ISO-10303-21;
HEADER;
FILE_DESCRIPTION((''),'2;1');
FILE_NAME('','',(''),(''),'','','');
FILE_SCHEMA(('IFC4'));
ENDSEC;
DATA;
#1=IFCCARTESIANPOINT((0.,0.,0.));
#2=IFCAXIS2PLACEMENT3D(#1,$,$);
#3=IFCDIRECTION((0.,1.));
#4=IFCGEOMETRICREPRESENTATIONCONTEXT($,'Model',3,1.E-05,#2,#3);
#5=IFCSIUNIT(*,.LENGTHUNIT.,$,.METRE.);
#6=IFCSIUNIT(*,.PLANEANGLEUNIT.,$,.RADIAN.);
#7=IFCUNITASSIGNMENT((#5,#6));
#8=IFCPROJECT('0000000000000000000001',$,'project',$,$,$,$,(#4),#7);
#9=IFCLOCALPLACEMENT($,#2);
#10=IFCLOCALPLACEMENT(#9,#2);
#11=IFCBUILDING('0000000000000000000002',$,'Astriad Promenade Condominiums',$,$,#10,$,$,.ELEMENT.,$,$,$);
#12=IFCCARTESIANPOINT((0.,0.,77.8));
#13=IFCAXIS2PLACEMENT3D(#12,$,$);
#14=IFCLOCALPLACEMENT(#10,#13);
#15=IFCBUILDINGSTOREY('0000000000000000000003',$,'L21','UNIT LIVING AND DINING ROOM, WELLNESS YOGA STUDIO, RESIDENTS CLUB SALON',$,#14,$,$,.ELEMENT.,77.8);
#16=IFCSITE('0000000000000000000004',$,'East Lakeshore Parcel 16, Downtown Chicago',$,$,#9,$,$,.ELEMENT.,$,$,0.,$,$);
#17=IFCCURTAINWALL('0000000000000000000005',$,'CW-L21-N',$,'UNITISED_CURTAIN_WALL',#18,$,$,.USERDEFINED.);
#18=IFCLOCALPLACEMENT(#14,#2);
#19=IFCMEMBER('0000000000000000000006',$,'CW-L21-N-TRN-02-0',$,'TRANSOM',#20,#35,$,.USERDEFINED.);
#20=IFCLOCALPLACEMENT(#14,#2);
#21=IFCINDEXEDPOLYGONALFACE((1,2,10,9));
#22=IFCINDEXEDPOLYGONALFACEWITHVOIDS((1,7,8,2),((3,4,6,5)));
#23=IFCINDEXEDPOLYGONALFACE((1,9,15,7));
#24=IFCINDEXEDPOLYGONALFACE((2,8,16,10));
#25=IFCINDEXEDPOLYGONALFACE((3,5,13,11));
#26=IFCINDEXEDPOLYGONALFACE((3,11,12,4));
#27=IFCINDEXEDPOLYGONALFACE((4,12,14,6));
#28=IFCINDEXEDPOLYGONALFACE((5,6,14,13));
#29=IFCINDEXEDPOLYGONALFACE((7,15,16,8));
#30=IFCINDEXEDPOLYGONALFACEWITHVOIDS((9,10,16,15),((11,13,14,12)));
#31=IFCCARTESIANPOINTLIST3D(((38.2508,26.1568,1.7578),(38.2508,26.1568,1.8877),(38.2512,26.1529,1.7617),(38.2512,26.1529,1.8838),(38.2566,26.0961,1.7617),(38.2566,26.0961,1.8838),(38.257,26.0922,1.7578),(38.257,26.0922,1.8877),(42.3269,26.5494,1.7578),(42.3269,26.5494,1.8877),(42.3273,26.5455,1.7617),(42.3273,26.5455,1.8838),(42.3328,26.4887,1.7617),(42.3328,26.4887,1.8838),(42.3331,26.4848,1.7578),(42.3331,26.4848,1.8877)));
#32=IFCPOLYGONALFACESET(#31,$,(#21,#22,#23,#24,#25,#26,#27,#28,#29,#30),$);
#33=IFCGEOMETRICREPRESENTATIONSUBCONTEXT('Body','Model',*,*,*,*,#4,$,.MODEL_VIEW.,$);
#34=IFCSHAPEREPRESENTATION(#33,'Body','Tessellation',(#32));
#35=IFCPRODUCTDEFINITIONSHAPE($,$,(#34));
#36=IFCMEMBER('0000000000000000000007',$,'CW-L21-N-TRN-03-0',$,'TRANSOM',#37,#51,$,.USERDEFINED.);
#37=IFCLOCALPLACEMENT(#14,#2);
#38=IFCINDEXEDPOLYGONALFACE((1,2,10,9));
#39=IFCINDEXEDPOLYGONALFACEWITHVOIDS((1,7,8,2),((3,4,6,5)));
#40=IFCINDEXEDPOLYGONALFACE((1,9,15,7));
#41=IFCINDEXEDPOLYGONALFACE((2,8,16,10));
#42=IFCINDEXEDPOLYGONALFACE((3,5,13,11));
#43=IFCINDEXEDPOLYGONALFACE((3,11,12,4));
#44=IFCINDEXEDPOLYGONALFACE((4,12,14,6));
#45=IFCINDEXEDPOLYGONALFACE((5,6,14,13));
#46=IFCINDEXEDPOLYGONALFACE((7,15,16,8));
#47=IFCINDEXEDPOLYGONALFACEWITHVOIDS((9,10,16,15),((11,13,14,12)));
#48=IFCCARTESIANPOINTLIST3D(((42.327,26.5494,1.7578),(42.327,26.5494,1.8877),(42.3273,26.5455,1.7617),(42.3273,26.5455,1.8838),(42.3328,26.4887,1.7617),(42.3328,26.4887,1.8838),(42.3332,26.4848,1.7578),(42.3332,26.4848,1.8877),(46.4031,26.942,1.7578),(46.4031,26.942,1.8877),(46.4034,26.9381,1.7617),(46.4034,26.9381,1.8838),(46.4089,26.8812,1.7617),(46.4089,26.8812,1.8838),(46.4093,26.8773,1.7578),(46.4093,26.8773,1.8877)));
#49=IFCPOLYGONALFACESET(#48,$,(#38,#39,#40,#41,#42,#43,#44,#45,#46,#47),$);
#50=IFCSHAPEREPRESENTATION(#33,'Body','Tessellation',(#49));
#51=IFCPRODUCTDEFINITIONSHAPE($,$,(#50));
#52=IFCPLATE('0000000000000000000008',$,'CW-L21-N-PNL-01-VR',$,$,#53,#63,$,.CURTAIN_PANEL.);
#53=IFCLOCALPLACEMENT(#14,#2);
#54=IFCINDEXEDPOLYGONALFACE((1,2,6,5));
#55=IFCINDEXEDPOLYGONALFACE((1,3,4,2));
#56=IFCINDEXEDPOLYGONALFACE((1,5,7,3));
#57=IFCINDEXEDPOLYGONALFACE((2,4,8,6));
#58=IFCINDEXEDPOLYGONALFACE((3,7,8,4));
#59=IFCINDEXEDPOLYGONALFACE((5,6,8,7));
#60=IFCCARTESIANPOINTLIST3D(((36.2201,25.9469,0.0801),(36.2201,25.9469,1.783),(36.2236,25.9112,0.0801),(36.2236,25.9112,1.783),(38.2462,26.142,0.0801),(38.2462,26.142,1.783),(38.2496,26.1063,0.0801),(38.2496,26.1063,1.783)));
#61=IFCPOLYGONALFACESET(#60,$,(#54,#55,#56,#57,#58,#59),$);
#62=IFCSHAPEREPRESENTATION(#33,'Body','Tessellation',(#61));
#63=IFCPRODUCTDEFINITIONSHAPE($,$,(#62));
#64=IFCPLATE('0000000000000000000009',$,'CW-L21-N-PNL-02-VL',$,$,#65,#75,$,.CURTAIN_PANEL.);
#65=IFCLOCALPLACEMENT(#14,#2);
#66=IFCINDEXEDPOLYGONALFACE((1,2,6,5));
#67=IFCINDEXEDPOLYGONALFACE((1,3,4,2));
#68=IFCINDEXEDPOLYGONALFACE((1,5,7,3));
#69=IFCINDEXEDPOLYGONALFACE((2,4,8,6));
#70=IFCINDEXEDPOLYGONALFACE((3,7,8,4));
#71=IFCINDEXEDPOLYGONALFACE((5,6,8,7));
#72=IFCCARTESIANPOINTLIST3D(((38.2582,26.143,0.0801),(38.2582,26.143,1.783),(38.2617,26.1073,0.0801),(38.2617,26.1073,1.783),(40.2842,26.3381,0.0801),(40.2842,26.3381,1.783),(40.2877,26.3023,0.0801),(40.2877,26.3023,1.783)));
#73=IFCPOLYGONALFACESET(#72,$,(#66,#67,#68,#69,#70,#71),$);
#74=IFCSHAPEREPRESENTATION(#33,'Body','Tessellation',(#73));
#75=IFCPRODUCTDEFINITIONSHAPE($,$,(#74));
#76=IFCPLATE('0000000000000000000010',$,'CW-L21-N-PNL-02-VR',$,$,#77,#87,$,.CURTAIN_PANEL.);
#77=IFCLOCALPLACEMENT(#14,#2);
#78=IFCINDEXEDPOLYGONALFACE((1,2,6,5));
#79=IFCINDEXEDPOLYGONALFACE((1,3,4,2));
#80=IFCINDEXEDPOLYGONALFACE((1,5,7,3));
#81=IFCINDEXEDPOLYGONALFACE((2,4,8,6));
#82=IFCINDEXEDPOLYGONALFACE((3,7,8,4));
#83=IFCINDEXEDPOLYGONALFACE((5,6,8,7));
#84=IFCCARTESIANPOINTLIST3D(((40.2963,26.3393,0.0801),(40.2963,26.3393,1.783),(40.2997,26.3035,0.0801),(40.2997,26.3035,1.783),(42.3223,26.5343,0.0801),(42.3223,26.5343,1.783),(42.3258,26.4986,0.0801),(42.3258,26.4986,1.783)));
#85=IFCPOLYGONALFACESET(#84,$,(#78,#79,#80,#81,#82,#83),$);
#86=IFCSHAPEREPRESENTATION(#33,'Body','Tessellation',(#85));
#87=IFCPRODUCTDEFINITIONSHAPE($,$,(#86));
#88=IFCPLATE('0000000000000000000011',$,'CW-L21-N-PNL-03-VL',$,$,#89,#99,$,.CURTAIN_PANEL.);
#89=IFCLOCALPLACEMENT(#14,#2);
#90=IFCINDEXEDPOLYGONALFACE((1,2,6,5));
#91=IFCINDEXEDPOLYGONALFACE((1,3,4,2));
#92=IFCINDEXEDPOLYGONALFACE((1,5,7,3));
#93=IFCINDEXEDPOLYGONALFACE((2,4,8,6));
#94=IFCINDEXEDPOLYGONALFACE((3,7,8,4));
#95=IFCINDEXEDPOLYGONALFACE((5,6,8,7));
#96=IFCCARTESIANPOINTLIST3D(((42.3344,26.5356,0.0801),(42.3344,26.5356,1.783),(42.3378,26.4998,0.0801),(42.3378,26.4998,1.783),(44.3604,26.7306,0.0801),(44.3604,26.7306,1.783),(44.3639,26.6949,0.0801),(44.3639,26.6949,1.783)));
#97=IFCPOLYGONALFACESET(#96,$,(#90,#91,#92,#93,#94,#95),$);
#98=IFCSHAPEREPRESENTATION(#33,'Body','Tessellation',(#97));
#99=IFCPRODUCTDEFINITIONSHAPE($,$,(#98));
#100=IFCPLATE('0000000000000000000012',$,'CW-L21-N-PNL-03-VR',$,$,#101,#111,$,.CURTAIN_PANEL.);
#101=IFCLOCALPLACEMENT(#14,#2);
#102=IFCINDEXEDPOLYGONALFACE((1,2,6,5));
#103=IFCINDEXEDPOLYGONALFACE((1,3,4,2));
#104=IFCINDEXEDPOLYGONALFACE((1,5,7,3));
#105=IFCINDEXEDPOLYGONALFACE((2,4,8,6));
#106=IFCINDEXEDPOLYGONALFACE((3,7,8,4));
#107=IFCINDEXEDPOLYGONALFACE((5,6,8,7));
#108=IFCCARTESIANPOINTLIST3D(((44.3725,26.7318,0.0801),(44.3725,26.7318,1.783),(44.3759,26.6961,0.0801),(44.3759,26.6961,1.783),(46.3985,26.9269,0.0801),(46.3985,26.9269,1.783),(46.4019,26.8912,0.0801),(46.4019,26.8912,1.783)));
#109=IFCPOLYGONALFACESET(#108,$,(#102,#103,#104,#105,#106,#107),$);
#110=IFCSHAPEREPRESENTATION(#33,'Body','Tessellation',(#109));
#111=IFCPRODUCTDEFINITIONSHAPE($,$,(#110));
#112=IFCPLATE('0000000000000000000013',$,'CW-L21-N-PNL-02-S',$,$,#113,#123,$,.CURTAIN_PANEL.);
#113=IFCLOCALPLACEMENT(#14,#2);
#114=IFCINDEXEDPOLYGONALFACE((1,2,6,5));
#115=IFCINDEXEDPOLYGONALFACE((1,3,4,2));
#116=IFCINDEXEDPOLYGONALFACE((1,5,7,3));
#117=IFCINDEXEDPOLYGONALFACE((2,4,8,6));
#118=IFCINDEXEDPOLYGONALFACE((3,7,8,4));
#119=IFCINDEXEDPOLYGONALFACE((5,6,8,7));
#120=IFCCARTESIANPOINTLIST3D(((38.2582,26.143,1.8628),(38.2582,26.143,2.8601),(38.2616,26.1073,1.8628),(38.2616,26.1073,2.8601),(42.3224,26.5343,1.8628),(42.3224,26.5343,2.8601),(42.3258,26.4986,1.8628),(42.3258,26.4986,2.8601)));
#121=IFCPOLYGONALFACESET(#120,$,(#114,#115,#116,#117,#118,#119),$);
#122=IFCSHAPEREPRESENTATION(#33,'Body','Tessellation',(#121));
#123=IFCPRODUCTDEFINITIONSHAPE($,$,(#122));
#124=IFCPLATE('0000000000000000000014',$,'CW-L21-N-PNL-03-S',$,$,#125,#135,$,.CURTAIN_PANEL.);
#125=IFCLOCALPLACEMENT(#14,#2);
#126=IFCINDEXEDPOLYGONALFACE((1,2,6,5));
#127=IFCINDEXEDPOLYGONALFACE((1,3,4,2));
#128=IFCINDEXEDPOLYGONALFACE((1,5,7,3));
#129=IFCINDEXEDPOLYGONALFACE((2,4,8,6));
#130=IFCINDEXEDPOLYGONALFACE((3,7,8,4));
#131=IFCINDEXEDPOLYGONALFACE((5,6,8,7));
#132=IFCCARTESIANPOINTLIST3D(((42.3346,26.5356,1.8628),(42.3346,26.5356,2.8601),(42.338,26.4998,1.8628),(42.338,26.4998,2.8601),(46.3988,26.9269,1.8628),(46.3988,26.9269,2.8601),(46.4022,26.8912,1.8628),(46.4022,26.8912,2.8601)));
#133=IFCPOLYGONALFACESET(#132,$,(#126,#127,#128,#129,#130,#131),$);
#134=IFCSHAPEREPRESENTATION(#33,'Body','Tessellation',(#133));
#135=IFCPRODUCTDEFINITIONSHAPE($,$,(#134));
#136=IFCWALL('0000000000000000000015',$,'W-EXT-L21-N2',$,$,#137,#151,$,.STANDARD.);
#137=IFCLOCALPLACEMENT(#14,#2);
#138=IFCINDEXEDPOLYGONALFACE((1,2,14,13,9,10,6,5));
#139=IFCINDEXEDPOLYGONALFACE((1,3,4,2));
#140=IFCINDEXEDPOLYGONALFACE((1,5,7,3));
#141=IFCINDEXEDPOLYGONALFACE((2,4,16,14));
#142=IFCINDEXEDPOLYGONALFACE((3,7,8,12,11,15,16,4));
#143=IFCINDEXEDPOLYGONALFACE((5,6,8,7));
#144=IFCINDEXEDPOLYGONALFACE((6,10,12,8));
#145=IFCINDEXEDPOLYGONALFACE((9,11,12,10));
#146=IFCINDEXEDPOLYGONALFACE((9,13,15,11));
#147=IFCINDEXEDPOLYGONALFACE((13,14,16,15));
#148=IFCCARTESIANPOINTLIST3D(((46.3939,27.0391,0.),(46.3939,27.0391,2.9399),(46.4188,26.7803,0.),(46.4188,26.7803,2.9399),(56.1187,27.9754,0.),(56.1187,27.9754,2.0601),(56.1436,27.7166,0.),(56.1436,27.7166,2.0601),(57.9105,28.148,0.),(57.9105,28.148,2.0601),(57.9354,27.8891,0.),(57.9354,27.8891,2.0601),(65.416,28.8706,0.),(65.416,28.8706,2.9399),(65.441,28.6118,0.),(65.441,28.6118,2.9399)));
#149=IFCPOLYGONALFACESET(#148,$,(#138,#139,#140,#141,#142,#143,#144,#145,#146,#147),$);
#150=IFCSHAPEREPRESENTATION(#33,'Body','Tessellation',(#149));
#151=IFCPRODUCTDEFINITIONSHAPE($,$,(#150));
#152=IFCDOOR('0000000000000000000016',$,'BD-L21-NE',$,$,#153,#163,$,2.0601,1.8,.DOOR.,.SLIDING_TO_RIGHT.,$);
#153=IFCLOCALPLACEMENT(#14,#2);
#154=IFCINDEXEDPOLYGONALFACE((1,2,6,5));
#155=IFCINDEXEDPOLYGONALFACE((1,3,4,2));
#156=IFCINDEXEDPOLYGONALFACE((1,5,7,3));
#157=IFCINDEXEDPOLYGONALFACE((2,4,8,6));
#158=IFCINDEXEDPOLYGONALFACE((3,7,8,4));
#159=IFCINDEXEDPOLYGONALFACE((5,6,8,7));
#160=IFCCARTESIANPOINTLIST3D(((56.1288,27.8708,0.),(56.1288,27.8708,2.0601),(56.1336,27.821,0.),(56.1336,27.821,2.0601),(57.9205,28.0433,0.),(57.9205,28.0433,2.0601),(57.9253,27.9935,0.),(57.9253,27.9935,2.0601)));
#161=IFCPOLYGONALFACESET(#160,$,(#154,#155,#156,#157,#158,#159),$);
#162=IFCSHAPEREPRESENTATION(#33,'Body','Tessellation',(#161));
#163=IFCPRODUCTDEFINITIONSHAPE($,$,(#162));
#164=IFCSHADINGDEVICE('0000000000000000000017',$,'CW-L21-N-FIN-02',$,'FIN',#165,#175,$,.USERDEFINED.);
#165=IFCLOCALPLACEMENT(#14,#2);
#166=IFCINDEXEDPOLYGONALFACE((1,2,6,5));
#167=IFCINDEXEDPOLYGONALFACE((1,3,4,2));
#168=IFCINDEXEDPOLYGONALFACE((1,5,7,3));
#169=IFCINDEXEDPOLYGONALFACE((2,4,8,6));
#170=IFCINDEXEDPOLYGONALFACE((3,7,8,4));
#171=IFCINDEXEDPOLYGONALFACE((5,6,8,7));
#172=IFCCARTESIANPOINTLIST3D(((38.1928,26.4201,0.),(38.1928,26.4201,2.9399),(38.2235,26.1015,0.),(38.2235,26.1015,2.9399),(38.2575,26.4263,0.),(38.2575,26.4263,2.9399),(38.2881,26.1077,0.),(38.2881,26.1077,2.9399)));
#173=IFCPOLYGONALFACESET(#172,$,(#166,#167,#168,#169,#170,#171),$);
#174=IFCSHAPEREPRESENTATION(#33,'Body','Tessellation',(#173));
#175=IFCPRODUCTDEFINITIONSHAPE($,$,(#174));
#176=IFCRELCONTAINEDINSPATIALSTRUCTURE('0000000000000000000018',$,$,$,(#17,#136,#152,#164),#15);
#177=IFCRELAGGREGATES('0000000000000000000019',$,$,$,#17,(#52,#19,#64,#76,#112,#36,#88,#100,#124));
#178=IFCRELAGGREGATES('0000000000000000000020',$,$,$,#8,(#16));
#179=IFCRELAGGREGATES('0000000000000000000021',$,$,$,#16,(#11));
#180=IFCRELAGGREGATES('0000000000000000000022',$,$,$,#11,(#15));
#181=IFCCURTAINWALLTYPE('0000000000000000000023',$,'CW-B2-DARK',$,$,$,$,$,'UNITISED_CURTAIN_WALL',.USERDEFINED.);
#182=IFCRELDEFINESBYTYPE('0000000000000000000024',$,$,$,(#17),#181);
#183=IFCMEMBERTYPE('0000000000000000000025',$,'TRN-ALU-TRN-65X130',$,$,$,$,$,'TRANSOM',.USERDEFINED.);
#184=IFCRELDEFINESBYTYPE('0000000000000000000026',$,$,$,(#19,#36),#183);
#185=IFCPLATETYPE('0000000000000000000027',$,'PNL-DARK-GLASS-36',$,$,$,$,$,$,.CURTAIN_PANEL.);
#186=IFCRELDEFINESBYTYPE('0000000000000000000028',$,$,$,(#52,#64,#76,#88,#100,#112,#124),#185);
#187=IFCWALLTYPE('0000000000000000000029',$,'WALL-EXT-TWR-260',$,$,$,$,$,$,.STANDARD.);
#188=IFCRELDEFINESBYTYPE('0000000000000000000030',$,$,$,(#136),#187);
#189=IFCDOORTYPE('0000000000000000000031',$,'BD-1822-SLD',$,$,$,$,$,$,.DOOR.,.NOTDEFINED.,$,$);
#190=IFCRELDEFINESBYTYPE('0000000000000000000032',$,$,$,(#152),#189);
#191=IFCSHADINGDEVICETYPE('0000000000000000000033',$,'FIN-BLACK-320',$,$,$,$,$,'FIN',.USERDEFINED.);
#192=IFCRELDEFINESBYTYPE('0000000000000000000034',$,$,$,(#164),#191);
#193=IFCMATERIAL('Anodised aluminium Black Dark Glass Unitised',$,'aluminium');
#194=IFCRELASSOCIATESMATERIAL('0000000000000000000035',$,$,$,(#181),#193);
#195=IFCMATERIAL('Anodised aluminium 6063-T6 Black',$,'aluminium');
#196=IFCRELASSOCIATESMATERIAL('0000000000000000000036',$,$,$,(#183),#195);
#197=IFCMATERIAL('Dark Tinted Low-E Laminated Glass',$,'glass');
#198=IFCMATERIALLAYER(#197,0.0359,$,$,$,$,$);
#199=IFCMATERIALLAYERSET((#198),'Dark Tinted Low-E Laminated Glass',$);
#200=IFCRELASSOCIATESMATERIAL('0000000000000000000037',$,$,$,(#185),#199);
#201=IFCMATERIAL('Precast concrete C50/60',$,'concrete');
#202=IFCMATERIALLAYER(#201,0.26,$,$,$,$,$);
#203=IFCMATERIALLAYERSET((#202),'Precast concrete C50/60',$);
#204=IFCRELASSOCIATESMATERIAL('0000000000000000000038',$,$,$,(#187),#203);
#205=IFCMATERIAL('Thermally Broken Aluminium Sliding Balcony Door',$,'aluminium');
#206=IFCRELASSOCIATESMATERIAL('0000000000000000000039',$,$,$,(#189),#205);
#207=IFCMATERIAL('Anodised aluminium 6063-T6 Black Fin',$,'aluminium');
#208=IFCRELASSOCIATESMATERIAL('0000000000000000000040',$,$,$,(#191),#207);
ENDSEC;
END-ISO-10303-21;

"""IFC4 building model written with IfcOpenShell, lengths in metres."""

from ifc_helpers import new_model, si_unit, direction, frame, frame_2d, origin, origin_2d, place, context, subcontext, project, spatial, rectangle, hollow_rectangle, extrude, source, transform, mapped, material, layer, layer_set, material_profile, profile_set, type_object, type_shapes, element, fill, aggregate, save


model = new_model("IFC4")

# Units and contexts
model_context = context("Model", 3, precision=1e-05, world=origin(), true_north=direction((0.0, 1.0)))
body_context = subcontext(model_context, "Body", "Model", "MODEL_VIEW")
ifc_project = project(units=[si_unit("LENGTHUNIT", "METRE"), si_unit("PLANEANGLEUNIT", "RADIAN")], contexts=[model_context])

# Site, building, storey
site_placement = place(None, origin())
site = spatial("IfcSite", under=ifc_project, at=site_placement, Name="East Lakeshore Parcel 16, Downtown Chicago", CompositionType="ELEMENT", RefElevation=0.0)
building_placement = place(site_placement, origin())
building = spatial("IfcBuilding", under=site, at=building_placement, Name="Astriad Promenade Condominiums", CompositionType="ELEMENT")
storey_placement = place(building_placement, frame((0.0, 0.0, 77.8)))
storey = spatial("IfcBuildingStorey", under=building, at=storey_placement, Name="L21", Description="UNIT LIVING AND DINING ROOM, WELLNESS YOGA STUDIO, RESIDENTS CLUB SALON", CompositionType="ELEMENT", Elevation=77.8)

# Curtain wall, members, plates
ifc_material_1 = material(Name="Anodised aluminium Black Dark Glass Unitised", Category="aluminium")
curtain_wall_type = type_object("IfcCurtainWallType", Name="CW-B2-DARK", ElementType="UNITISED_CURTAIN_WALL", PredefinedType="USERDEFINED", material=ifc_material_1)
curtain_wall_placement = place(storey_placement, origin())
curtain_wall = element("IfcCurtainWall", 1, at=curtain_wall_placement, inside=storey, type_object=curtain_wall_type, Name="CW-L21-N", ObjectType="UNITISED_CURTAIN_WALL", PredefinedType="USERDEFINED")
ifc_material_2 = material(Name="Anodised aluminium 6063-T6 Black", Category="aluminium")
ifc_material_profile_1 = material_profile(ifc_material_2, hollow_rectangle(XDim=0.0649, YDim=0.1299, WallThickness=0.0039, at=origin_2d()), Name="ALU-TRN-65X130")
ifc_profile_set_1 = profile_set([ifc_material_profile_1], Name="Anodised aluminium 6063-T6 Black")
member_type_1 = type_object("IfcMemberType", Name="TRN-ALU-TRN-65X130", ElementType="TRANSOM", PredefinedType="USERDEFINED", material=ifc_profile_set_1)
shared_shape_1 = source(origin(), body_context, "Body", "SweptSolid", [
    extrude(hollow_rectangle(XDim=0.0649, YDim=0.1299, WallThickness=0.0039, at=origin_2d()), origin(), (0.0, 0.0, 1.0), 4.095),
])
type_shapes(member_type_1, [shared_shape_1])
member_1_placement = place(storey_placement, frame((38.2539, 26.1245, 1.8228), z_axis=(0.995394, 0.095867, 0.0), x_axis=(-0.095867, 0.995394, 0.0)))
member_1 = element("IfcMember", 2, at=member_1_placement, type_object=member_type_1, Name="CW-L21-N-TRN-02-0", ObjectType="TRANSOM", PredefinedType="USERDEFINED", context=body_context, shape_type="MappedRepresentation", body=[
    mapped(shared_shape_1, transform((0.0, 0.0, 0.0), scale=1.0)),
])
member_2_placement = place(storey_placement, frame((42.3301, 26.5171, 1.8228), z_axis=(0.995394, 0.095867, 0.0), x_axis=(-0.095867, 0.995394, 0.0)))
member_2 = element("IfcMember", 3, at=member_2_placement, type_object=member_type_1, Name="CW-L21-N-TRN-03-0", ObjectType="TRANSOM", PredefinedType="USERDEFINED", context=body_context, shape_type="MappedRepresentation", body=[
    mapped(shared_shape_1, transform((0.0, 0.0, 0.0), scale=1.0)),
])
ifc_material_3 = material(Name="Dark Tinted Low-E Laminated Glass", Category="glass")
ifc_layer_1 = layer(ifc_material_3, 0.0359)
ifc_layer_set_1 = layer_set([ifc_layer_1], Name="Dark Tinted Low-E Laminated Glass")
plate_type = type_object("IfcPlateType", Name="PNL-DARK-GLASS-36", PredefinedType="CURTAIN_PANEL", material=ifc_layer_set_1)
shared_shape_2 = source(origin(), body_context, "Body", "SweptSolid", [
    extrude(rectangle(XDim=2.0354, YDim=0.0359, at=origin_2d()), origin(), (0.0, 0.0, 1.0), 1.7029),
])
plate_1_placement = place(storey_placement, frame((37.2349, 26.0266, 0.0801), z_axis=(0.0, 0.0, 1.0), x_axis=(0.995396, 0.095846, 0.0)))
plate_1 = element("IfcPlate", 4, at=plate_1_placement, type_object=plate_type, Name="CW-L21-N-PNL-01-VR", PredefinedType="CURTAIN_PANEL", context=body_context, shape_type="MappedRepresentation", body=[
    mapped(shared_shape_2, transform((0.0, 0.0, 0.0), scale=1.0)),
])
plate_2_placement = place(storey_placement, frame((39.2729, 26.2227, 0.0801), z_axis=(0.0, 0.0, 1.0), x_axis=(0.995396, 0.095846, 0.0)))
plate_2 = element("IfcPlate", 5, at=plate_2_placement, type_object=plate_type, Name="CW-L21-N-PNL-02-VL", PredefinedType="CURTAIN_PANEL", context=body_context, shape_type="MappedRepresentation", body=[
    mapped(shared_shape_2, transform((0.0, 0.0, 0.0), scale=1.0)),
])
plate_3_placement = place(storey_placement, frame((41.311, 26.4189, 0.0801), z_axis=(0.0, 0.0, 1.0), x_axis=(0.995396, 0.095846, 0.0)))
plate_3 = element("IfcPlate", 6, at=plate_3_placement, type_object=plate_type, Name="CW-L21-N-PNL-02-VR", PredefinedType="CURTAIN_PANEL", context=body_context, shape_type="MappedRepresentation", body=[
    mapped(shared_shape_2, transform((0.0, 0.0, 0.0), scale=1.0)),
])
plate_4_placement = place(storey_placement, frame((43.3491, 26.6152, 0.0801), z_axis=(0.0, 0.0, 1.0), x_axis=(0.995396, 0.095846, 0.0)))
plate_4 = element("IfcPlate", 7, at=plate_4_placement, type_object=plate_type, Name="CW-L21-N-PNL-03-VL", PredefinedType="CURTAIN_PANEL", context=body_context, shape_type="MappedRepresentation", body=[
    mapped(shared_shape_2, transform((0.0, 0.0, 0.0), scale=1.0)),
])
plate_5_placement = place(storey_placement, frame((45.3872, 26.8115, 0.0801), z_axis=(0.0, 0.0, 1.0), x_axis=(0.995396, 0.095846, 0.0)))
plate_5 = element("IfcPlate", 8, at=plate_5_placement, type_object=plate_type, Name="CW-L21-N-PNL-03-VR", PredefinedType="CURTAIN_PANEL", context=body_context, shape_type="MappedRepresentation", body=[
    mapped(shared_shape_2, transform((0.0, 0.0, 0.0), scale=1.0)),
])
shared_shape_3 = source(origin(), body_context, "Body", "SweptSolid", [
    extrude(rectangle(XDim=4.083, YDim=0.0359, at=origin_2d()), origin(), (0.0, 0.0, 1.0), 0.9973),
])
type_shapes(plate_type, [shared_shape_2, shared_shape_3])
plate_6_placement = place(storey_placement, frame((40.292, 26.3208, 1.8628), z_axis=(0.0, 0.0, 1.0), x_axis=(0.995396, 0.095846, 0.0)))
plate_6 = element("IfcPlate", 9, at=plate_6_placement, type_object=plate_type, Name="CW-L21-N-PNL-02-S", PredefinedType="CURTAIN_PANEL", context=body_context, shape_type="MappedRepresentation", body=[
    mapped(shared_shape_3, transform((0.0, 0.0, 0.0), scale=1.0)),
])
plate_7_placement = place(storey_placement, frame((44.3684, 26.7134, 1.8628), z_axis=(0.0, 0.0, 1.0), x_axis=(0.995396, 0.095846, 0.0)))
plate_7 = element("IfcPlate", 10, at=plate_7_placement, type_object=plate_type, Name="CW-L21-N-PNL-03-S", PredefinedType="CURTAIN_PANEL", context=body_context, shape_type="MappedRepresentation", body=[
    mapped(shared_shape_3, transform((0.0, 0.0, 0.0), scale=1.0)),
])
aggregate(curtain_wall, [plate_1, member_1, plate_2, plate_3, plate_6, member_2, plate_4, plate_5, plate_7])

# Wall, opening, door
ifc_material_4 = material(Name="Precast concrete C50/60", Category="concrete")
ifc_layer_2 = layer(ifc_material_4, 0.26)
ifc_layer_set_2 = layer_set([ifc_layer_2], Name="Precast concrete C50/60")
wall_type = type_object("IfcWallType", Name="WALL-EXT-TWR-260", PredefinedType="STANDARD", material=ifc_layer_set_2)
wall_placement = place(storey_placement, frame((46.4062, 26.9097, 0.0), z_axis=(0.0, 0.0, 1.0), x_axis=(0.995397, 0.095841, 0.0)))
wall = element("IfcWall", 11, at=wall_placement, inside=storey, type_object=wall_type, Name="W-EXT-L21-N2", PredefinedType="STANDARD", context=body_context, shape_type="SweptSolid", body=[
    extrude(rectangle(XDim=19.1101, YDim=0.26, at=frame_2d((9.5552, 0.0))), origin(), (0.0, 0.0, 1.0), 2.9399),
])
opening_placement = place(wall_placement, frame((9.77, 0.0, 0.0)))
opening = element("IfcOpeningElement", 12, at=opening_placement, cuts=wall, PredefinedType="OPENING", context=body_context, shape_type="SweptSolid", body=[
    extrude(rectangle(XDim=1.8, YDim=2.0601, at=frame_2d((0.8999, 1.03))), frame((0.0, 0.1399, 0.0), z_axis=(0.0, -1.0, 0.0), x_axis=(1.0, 0.0, 0.0)), (0.0, 0.0, 1.0), 0.28),
])
ifc_material_5 = material(Name="Thermally Broken Aluminium Sliding Balcony Door", Category="aluminium")
door_type = type_object("IfcDoorType", Name="BD-1822-SLD", OperationType="NOTDEFINED", PredefinedType="DOOR", material=ifc_material_5)
shared_shape_4 = source(origin(), body_context, "Body", "SweptSolid", [
    extrude(rectangle(XDim=1.8, YDim=2.0601, at=frame_2d((0.8999, 1.03))), frame((0.0, 0.0249, 0.0), z_axis=(0.0, -1.0, 0.0), x_axis=(1.0, 0.0, 0.0)), (0.0, 0.0, 1.0), 0.05),
])
type_shapes(door_type, [shared_shape_4])
door_placement = place(opening_placement, origin())
door = element("IfcDoor", 13, at=door_placement, inside=storey, type_object=door_type, Name="BD-L21-NE", OperationType="SLIDING_TO_RIGHT", OverallHeight=2.0601, OverallWidth=1.8, PredefinedType="DOOR", context=body_context, shape_type="MappedRepresentation", body=[
    mapped(shared_shape_4, transform((0.0, 0.0, 0.0), scale=1.0)),
])
fill(opening, door)

# Shading device
ifc_material_6 = material(Name="Anodised aluminium 6063-T6 Black Fin", Category="aluminium")
shading_device_type = type_object("IfcShadingDeviceType", Name="FIN-BLACK-320", ElementType="FIN", PredefinedType="USERDEFINED", material=ifc_material_6)
shared_shape_5 = source(origin(), body_context, "Body", "SweptSolid", [
    extrude(rectangle(XDim=0.0649, YDim=0.3201, at=origin_2d()), origin(), (0.0, 0.0, 1.0), 2.9399),
])
type_shapes(shading_device_type, [shared_shape_5])
for number, where, z_axis, x_axis, name in (
    (14, (38.2405, 26.2639, 0.0), (0.0, 0.0, 1.0), (0.995396, 0.095846, 0.0), "CW-L21-N-FIN-02"),
):
    element("IfcShadingDevice", number, at=place(storey_placement, frame(where, z_axis=z_axis, x_axis=x_axis)), inside=storey, type_object=shading_device_type, Name=name, ObjectType="FIN", PredefinedType="USERDEFINED", context=body_context, shape_type="MappedRepresentation", body=[
        mapped(shared_shape_5, transform((0.0, 0.0, 0.0), scale=1.0)),
    ])

save(model, "model.ifc")
